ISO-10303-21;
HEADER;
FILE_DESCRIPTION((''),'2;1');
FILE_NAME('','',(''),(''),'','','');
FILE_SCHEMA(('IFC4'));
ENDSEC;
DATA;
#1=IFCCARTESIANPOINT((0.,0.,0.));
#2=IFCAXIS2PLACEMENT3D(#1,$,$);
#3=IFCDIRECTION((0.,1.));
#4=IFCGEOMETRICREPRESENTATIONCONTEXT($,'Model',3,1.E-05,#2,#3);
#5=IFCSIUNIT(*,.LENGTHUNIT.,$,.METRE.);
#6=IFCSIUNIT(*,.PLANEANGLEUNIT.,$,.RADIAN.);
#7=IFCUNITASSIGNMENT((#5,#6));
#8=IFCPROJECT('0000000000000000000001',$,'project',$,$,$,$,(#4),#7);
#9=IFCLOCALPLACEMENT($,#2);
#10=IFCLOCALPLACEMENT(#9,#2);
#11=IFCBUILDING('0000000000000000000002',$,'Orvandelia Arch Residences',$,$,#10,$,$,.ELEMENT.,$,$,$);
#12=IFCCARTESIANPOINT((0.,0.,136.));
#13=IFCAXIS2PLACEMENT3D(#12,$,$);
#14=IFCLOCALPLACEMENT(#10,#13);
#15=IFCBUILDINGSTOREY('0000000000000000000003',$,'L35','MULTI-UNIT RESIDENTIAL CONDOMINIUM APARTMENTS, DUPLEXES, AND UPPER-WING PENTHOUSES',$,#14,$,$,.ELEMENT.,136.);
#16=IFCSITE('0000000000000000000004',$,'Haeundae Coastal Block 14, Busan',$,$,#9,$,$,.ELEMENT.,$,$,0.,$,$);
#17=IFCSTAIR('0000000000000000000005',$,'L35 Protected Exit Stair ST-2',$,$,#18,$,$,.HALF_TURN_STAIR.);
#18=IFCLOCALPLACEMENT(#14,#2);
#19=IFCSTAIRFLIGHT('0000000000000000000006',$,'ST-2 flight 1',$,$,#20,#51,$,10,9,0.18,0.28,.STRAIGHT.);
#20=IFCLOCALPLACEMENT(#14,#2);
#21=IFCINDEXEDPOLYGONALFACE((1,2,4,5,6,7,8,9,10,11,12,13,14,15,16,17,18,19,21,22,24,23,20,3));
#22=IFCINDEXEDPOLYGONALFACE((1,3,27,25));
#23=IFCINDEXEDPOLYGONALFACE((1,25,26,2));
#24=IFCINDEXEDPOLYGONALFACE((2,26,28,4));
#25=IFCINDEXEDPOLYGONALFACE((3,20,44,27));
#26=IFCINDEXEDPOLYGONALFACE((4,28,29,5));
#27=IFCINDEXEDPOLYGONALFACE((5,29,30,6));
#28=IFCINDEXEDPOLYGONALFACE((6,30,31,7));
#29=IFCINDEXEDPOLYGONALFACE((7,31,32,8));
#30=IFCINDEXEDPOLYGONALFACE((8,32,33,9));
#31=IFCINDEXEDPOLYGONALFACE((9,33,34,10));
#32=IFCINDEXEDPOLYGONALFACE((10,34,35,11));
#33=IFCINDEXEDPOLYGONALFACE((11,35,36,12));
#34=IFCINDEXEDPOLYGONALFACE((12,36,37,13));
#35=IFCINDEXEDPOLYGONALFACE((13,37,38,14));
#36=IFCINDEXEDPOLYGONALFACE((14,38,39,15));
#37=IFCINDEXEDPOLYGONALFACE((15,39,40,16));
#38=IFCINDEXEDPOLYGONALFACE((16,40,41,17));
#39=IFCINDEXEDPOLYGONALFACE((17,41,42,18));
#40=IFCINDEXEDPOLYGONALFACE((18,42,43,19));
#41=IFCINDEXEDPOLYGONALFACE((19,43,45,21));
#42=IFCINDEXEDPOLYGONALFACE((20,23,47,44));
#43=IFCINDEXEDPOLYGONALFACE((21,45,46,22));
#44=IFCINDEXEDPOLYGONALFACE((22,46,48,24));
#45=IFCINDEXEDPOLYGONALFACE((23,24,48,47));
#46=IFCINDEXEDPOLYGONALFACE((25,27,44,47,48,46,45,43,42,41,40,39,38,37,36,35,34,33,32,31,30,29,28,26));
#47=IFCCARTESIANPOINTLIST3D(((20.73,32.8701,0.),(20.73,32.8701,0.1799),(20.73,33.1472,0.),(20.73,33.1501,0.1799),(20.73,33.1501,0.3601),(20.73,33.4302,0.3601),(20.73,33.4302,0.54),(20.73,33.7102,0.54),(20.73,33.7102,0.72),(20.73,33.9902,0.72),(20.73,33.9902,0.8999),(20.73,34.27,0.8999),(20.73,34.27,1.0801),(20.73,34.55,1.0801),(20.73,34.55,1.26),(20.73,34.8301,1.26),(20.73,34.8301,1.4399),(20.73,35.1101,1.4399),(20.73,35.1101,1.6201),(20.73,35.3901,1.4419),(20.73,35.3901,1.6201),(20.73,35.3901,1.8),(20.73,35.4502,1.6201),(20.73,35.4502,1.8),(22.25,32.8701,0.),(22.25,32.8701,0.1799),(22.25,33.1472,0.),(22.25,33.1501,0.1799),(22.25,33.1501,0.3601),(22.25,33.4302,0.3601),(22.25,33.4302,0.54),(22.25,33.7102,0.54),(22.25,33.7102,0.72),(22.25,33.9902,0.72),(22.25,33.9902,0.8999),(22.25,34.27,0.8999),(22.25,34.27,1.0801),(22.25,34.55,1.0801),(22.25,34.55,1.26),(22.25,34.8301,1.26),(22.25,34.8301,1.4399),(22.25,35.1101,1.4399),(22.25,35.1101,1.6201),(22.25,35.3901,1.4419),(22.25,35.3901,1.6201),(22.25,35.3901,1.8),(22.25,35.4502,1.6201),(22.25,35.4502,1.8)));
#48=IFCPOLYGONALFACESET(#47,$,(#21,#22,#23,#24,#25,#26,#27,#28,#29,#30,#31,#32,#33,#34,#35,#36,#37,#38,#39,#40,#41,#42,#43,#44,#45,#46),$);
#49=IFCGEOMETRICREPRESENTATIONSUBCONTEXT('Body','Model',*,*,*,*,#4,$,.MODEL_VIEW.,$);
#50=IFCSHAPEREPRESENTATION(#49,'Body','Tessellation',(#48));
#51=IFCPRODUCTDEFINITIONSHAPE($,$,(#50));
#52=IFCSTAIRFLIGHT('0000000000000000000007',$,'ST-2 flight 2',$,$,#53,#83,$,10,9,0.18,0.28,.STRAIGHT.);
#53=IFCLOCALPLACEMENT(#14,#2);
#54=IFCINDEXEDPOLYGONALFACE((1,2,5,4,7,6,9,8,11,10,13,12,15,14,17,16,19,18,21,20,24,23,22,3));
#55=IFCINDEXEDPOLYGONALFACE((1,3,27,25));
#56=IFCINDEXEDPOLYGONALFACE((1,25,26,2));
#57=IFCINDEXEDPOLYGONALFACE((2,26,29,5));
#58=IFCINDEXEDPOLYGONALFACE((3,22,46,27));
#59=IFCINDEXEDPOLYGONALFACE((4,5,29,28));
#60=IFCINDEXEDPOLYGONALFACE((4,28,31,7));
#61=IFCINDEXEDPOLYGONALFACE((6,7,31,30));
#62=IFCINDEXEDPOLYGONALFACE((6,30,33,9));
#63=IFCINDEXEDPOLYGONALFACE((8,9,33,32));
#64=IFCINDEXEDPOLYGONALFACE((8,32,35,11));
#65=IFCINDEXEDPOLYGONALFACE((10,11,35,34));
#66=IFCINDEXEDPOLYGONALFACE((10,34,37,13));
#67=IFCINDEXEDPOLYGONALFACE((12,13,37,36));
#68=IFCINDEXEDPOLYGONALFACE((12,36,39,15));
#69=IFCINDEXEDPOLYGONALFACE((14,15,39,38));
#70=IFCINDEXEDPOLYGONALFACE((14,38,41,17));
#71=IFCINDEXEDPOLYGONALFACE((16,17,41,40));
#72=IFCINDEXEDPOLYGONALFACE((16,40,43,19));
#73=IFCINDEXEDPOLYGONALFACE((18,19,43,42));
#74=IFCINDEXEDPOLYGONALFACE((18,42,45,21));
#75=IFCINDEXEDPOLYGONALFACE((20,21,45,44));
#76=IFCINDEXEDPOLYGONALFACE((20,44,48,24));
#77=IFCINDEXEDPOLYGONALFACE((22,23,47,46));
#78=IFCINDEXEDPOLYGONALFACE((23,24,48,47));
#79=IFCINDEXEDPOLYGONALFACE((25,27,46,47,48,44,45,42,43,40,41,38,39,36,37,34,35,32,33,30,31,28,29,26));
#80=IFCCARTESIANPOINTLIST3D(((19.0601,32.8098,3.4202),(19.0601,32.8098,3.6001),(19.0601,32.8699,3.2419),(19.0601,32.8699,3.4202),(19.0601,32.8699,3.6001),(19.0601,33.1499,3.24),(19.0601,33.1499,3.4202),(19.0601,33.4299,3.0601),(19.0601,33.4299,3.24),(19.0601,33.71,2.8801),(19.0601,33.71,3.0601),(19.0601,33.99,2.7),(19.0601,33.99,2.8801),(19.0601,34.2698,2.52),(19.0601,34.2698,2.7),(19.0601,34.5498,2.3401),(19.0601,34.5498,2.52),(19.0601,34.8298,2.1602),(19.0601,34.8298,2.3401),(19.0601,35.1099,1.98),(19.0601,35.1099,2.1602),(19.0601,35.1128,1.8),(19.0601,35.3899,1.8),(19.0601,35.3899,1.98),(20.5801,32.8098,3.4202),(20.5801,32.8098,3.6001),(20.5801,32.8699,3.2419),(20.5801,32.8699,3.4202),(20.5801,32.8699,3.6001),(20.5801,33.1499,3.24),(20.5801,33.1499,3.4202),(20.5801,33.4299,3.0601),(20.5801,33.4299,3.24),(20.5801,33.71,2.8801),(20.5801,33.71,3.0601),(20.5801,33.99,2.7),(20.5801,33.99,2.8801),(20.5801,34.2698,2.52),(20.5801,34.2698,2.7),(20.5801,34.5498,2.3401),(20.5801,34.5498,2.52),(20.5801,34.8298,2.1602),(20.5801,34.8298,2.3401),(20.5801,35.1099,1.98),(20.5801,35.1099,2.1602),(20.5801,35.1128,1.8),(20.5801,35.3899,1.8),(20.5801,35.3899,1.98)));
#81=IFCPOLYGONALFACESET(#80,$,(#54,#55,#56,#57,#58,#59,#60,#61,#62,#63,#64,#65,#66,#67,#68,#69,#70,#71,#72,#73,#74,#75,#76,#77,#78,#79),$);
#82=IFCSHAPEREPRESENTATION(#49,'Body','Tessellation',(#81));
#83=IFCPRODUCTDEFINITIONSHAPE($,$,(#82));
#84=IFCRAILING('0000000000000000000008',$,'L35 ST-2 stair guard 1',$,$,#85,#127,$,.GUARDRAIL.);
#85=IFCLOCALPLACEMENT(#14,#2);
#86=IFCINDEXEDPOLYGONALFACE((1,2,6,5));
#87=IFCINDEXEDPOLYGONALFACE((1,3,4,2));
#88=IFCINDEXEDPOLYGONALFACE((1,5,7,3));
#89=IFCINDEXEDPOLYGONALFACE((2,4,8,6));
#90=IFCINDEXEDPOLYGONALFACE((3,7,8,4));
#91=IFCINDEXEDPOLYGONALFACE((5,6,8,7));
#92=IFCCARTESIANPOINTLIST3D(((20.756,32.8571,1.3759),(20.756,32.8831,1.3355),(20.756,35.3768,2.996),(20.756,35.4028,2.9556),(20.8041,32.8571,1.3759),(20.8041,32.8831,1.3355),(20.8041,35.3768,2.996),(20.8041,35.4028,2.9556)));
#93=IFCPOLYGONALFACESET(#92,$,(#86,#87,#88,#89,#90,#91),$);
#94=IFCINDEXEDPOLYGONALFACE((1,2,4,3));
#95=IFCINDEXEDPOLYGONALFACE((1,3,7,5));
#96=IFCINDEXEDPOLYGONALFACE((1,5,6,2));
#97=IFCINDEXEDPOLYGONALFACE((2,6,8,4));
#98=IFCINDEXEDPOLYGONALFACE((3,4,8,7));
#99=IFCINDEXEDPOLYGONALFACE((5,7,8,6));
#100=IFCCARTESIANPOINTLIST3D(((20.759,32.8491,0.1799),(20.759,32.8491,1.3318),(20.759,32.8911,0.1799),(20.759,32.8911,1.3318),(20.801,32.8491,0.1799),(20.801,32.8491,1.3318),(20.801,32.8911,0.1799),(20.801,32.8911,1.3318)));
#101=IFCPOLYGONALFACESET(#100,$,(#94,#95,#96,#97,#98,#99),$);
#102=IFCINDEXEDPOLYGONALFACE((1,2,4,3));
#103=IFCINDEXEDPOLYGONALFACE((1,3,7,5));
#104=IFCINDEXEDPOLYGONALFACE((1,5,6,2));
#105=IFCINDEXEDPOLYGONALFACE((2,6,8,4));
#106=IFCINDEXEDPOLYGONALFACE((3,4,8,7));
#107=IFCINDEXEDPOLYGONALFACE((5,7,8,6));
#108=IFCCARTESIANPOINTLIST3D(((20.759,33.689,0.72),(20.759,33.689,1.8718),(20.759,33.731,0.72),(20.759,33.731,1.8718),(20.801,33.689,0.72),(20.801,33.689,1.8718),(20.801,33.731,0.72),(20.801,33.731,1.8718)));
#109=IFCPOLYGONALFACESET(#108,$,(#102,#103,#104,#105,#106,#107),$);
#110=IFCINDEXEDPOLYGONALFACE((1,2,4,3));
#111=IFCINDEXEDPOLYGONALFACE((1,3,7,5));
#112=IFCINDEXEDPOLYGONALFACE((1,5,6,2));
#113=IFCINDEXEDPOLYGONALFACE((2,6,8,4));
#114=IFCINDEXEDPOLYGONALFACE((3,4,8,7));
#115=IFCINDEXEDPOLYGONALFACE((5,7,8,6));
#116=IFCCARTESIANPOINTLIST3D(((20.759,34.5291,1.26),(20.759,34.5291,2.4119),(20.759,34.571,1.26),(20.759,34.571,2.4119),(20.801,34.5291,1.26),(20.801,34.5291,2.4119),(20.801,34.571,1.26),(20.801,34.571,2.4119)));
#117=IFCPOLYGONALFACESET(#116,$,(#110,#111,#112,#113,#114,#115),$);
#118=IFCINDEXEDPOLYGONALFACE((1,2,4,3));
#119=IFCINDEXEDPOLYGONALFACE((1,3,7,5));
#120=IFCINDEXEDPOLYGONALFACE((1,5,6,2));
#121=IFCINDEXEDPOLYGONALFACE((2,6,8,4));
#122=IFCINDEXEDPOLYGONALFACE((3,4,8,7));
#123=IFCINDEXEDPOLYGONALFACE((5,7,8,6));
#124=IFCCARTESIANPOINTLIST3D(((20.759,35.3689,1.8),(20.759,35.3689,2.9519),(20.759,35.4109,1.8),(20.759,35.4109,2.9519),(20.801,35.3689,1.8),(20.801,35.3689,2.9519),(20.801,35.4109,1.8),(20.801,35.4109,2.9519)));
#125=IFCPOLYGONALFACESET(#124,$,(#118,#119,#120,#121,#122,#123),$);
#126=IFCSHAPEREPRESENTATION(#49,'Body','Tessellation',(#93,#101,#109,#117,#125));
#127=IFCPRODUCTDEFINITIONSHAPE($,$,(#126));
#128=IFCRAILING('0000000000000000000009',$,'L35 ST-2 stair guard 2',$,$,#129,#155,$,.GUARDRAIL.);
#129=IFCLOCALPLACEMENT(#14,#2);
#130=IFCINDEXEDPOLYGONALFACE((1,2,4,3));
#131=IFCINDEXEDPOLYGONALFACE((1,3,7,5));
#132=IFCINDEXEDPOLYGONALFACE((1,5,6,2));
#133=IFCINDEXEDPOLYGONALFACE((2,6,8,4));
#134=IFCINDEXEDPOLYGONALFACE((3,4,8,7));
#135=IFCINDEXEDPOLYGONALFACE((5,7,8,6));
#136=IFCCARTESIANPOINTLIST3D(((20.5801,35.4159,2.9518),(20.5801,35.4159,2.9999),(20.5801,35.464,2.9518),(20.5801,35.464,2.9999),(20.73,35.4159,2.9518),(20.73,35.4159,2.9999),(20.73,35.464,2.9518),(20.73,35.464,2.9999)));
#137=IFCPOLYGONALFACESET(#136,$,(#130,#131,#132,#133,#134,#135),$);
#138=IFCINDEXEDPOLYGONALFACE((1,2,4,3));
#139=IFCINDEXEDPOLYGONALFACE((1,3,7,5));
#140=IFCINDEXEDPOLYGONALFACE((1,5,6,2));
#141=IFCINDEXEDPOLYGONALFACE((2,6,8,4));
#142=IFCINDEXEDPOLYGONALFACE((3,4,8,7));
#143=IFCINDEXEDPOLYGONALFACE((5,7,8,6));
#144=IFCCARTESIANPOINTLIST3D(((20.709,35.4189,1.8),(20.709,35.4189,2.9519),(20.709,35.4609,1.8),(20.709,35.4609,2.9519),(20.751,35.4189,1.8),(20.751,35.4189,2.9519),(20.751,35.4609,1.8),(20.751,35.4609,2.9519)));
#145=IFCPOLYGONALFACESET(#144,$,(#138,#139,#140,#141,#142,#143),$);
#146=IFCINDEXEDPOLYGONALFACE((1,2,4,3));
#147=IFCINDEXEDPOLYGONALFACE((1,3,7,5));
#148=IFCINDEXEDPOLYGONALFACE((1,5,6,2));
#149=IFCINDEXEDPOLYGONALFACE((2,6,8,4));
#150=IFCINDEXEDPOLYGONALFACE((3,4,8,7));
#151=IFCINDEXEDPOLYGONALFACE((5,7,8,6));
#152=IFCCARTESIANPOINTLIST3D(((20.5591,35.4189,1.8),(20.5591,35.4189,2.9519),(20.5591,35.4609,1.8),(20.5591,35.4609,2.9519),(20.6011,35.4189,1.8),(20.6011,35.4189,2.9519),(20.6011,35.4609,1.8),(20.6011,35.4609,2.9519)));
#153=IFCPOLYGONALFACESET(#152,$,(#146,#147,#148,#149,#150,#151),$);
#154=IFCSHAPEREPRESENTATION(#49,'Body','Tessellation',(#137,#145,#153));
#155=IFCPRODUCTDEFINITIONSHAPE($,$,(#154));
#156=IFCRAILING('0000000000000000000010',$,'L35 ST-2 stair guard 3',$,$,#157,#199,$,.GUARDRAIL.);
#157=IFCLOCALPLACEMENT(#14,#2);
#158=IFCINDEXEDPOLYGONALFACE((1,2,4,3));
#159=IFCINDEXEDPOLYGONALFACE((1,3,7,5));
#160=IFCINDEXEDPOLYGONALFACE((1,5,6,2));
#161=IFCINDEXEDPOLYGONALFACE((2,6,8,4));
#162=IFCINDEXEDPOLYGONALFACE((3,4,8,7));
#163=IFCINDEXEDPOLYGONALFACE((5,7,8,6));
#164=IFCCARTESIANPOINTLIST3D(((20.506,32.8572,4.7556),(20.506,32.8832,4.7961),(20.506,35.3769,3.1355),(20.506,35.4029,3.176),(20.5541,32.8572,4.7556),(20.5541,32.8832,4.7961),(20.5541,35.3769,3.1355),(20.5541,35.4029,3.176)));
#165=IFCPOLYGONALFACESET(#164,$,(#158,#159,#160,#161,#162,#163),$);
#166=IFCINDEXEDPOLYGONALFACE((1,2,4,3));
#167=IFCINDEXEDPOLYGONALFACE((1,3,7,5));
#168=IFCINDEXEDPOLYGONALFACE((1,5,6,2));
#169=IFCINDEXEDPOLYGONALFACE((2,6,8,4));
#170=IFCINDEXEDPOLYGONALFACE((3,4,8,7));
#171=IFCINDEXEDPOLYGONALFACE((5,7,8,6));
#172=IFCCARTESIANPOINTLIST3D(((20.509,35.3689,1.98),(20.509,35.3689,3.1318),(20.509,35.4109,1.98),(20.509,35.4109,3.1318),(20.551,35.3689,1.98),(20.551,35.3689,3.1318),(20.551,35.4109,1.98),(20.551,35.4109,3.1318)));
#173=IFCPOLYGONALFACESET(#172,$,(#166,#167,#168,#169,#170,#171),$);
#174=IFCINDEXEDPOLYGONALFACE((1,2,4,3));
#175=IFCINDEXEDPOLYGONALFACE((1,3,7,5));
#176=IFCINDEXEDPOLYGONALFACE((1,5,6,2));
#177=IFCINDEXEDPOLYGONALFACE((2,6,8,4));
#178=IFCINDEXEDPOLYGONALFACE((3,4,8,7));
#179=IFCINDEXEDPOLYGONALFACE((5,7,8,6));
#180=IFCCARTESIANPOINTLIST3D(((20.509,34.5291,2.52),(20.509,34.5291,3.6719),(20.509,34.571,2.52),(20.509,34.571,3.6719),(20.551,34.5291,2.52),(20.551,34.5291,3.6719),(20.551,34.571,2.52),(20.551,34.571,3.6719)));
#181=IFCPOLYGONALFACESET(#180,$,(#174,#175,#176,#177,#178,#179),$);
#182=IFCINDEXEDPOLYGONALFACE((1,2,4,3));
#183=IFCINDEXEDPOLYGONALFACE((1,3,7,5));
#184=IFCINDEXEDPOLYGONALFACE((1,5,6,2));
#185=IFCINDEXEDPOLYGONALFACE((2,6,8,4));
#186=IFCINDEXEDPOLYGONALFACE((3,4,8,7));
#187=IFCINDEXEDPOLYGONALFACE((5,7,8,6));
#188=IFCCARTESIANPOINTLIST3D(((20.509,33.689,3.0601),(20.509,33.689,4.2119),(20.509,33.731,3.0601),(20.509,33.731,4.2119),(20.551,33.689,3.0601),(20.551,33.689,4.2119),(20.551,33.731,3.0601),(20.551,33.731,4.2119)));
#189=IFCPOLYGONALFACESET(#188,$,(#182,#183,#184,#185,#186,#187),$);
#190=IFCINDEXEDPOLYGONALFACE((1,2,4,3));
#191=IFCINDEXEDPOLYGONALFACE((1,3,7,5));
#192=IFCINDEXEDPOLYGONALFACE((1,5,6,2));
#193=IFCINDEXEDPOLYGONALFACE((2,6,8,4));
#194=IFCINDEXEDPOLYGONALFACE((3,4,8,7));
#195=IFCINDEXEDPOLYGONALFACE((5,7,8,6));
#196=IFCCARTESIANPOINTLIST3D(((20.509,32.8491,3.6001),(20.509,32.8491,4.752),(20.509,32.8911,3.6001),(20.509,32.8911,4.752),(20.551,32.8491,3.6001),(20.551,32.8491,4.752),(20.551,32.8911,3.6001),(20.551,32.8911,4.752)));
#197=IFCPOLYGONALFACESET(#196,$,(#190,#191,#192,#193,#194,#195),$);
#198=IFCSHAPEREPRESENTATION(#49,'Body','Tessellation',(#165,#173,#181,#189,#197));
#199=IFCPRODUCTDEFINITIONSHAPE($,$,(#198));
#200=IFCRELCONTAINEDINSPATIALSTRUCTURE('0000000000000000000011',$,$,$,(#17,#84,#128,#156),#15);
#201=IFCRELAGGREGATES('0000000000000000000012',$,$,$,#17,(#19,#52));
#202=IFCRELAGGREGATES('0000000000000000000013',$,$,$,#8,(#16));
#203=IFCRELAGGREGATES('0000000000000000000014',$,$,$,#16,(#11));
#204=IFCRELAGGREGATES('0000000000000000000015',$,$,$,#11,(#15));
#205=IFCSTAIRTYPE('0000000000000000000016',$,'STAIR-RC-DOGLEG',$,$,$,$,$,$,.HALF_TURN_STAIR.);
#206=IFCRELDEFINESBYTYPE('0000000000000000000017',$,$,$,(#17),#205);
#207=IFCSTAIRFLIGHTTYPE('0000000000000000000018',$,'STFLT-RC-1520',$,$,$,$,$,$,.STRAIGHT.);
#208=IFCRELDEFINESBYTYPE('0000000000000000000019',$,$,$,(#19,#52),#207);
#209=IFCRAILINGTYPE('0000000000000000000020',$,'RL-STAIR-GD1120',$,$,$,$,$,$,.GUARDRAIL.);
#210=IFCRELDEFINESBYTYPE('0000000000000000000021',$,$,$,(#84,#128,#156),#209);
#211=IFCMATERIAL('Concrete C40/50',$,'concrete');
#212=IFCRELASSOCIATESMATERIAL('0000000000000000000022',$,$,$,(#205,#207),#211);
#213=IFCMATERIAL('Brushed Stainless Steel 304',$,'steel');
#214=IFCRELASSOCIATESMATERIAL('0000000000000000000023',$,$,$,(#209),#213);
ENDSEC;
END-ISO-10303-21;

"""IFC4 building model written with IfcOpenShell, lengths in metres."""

from ifc_helpers import new_model, si_unit, direction, frame, origin, origin_2d, place, context, subcontext, project, spatial, polyline, rectangle, outline, extrude, material, type_object, element, aggregate, save


model = new_model("IFC4")

# Units and contexts
model_context = context("Model", 3, precision=1e-05, world=origin(), true_north=direction((0.0, 1.0)))
body_context = subcontext(model_context, "Body", "Model", "MODEL_VIEW")
ifc_project = project(units=[si_unit("LENGTHUNIT", "METRE"), si_unit("PLANEANGLEUNIT", "RADIAN")], contexts=[model_context])

# Site, building, storey
site_placement = place(None, origin())
site = spatial("IfcSite", under=ifc_project, at=site_placement, Name="Haeundae Coastal Block 14, Busan", CompositionType="ELEMENT", RefElevation=0.0)
building_placement = place(site_placement, origin())
building = spatial("IfcBuilding", under=site, at=building_placement, Name="Orvandelia Arch Residences", CompositionType="ELEMENT")
storey_placement = place(building_placement, frame((0.0, 0.0, 136.0)))
storey = spatial("IfcBuildingStorey", under=building, at=storey_placement, Name="L35", Description="MULTI-UNIT RESIDENTIAL CONDOMINIUM APARTMENTS, DUPLEXES, AND UPPER-WING PENTHOUSES", CompositionType="ELEMENT", Elevation=136.0)

# Stair, stair flights
ifc_material_1 = material(Name="Concrete C40/50", Category="concrete")
stair_type = type_object("IfcStairType", Name="STAIR-RC-DOGLEG", PredefinedType="HALF_TURN_STAIR", material=ifc_material_1)
stair_placement = place(storey_placement, origin())
stair = element("IfcStair", 1, at=stair_placement, inside=storey, type_object=stair_type, Name="L35 Protected Exit Stair ST-2", PredefinedType="HALF_TURN_STAIR")
stair_flight_type = type_object("IfcStairFlightType", Name="STFLT-RC-1520", PredefinedType="STRAIGHT", material=ifc_material_1)
stair_flight_1_placement = place(storey_placement, frame((21.49, 32.8701, 0.0), z_axis=(0.0, 0.0, 1.0), x_axis=(0.0, 1.0, 0.0)))
stair_flight_1 = element("IfcStairFlight", 2, at=stair_flight_1_placement, type_object=stair_flight_type, Name="ST-2 flight 1", NumberOfRisers=10, NumberOfTreads=9, PredefinedType="STRAIGHT", RiserHeight=0.18, TreadLength=0.28, context=body_context, shape_type="SweptSolid", body=[
    extrude(outline(polyline([(0.0, 0.0), (0.0, 0.1799), (0.28, 0.1799), (0.28, 0.3601), (0.5601, 0.3601), (0.5601, 0.54), (0.8401, 0.54), (0.8401, 0.72), (1.1201, 0.72), (1.1201, 0.8999), (1.3999, 0.8999), (1.3999, 1.0801), (1.6799, 1.0801), (1.6799, 1.26), (1.96, 1.26), (1.96, 1.4399), (2.24, 1.4399), (2.24, 1.6201), (2.52, 1.6201), (2.52, 1.8), (2.5801, 1.8), (2.5801, 1.6201), (2.52, 1.4419), (0.2771, 0.0), (0.0, 0.0)])), frame((0.0, 0.76, 0.0), z_axis=(0.0, -1.0, 0.0), x_axis=(1.0, 0.0, 0.0)), (0.0, 0.0, 1.0), 1.52),
])
stair_flight_2_placement = place(storey_placement, frame((19.8201, 35.3899, 1.8), z_axis=(0.0, 0.0, 1.0), x_axis=(0.0, -1.0, 0.0)))
stair_flight_2 = element("IfcStairFlight", 3, at=stair_flight_2_placement, type_object=stair_flight_type, Name="ST-2 flight 2", NumberOfRisers=10, NumberOfTreads=9, PredefinedType="STRAIGHT", RiserHeight=0.18, TreadLength=0.28, context=body_context, shape_type="SweptSolid", body=[
    extrude(outline(polyline([(0.0, 0.0), (0.0, 0.1799), (0.28, 0.1799), (0.28, 0.3601), (0.5601, 0.3601), (0.5601, 0.54), (0.8401, 0.54), (0.8401, 0.72), (1.1201, 0.72), (1.1201, 0.8999), (1.3999, 0.8999), (1.3999, 1.0801), (1.6799, 1.0801), (1.6799, 1.26), (1.96, 1.26), (1.96, 1.4399), (2.24, 1.4399), (2.24, 1.6201), (2.52, 1.6201), (2.52, 1.8), (2.5801, 1.8), (2.5801, 1.6201), (2.52, 1.4419), (0.2771, 0.0), (0.0, 0.0)])), frame((0.0, 0.76, 0.0), z_axis=(0.0, -1.0, 0.0), x_axis=(1.0, 0.0, 0.0)), (0.0, 0.0, 1.0), 1.52),
])
aggregate(stair, [stair_flight_1, stair_flight_2])

# Railings
ifc_material_2 = material(Name="Brushed Stainless Steel 304", Category="steel")
railing_type_1 = type_object("IfcRailingType", Name="RL-STAIR-GD1120", PredefinedType="GUARDRAIL", material=ifc_material_2)
railing_1_placement = place(storey_placement, frame((20.78, 32.8701, 0.1799)))
element("IfcRailing", 4, at=railing_1_placement, inside=storey, type_object=railing_type_1, Name="L35 ST-2 stair guard 1", PredefinedType="GUARDRAIL", context=body_context, shape_type="SweptSolid", body=[
    extrude(rectangle(XDim=0.0481, YDim=0.0481, at=origin_2d()), frame((0.0, 0.0, 1.1758), z_axis=(0.0, 0.841139, 0.540819), x_axis=(-1.0, 0.0, 0.0)), (0.0, 0.0, 1.0), 2.9956),
    extrude(rectangle(XDim=0.042, YDim=0.042, at=origin_2d()), origin(), (0.0, 0.0, 1.0), 1.1519),
    extrude(rectangle(XDim=0.042, YDim=0.042, at=origin_2d()), frame((0.0, 0.8398, 0.54)), (0.0, 0.0, 1.0), 1.1519),
    extrude(rectangle(XDim=0.042, YDim=0.042, at=origin_2d()), frame((0.0, 1.6799, 1.0801)), (0.0, 0.0, 1.0), 1.1519),
    extrude(rectangle(XDim=0.042, YDim=0.042, at=origin_2d()), frame((0.0, 2.5198, 1.6201)), (0.0, 0.0, 1.0), 1.1519),
])
railing_2_placement = place(storey_placement, frame((20.73, 35.4399, 1.8)))
element("IfcRailing", 5, at=railing_2_placement, inside=storey, type_object=railing_type_1, Name="L35 ST-2 stair guard 2", PredefinedType="GUARDRAIL", context=body_context, shape_type="SweptSolid", body=[
    extrude(rectangle(XDim=0.0481, YDim=0.0481, at=origin_2d()), frame((0.0, 0.0, 1.1758), z_axis=(-1.0, 0.0, 0.0), x_axis=(0.0, -1.0, 0.0)), (0.0, 0.0, 1.0), 0.1499),
    extrude(rectangle(XDim=0.042, YDim=0.042, at=origin_2d()), origin(), (0.0, 0.0, 1.0), 1.1519),
    extrude(rectangle(XDim=0.042, YDim=0.042, at=origin_2d()), frame((-0.1499, 0.0, 0.0)), (0.0, 0.0, 1.0), 1.1519),
])
railing_3_placement = place(storey_placement, frame((20.53, 35.3899, 1.98)))
element("IfcRailing", 6, at=railing_3_placement, inside=storey, type_object=railing_type_1, Name="L35 ST-2 stair guard 3", PredefinedType="GUARDRAIL", context=body_context, shape_type="SweptSolid", body=[
    extrude(rectangle(XDim=0.0481, YDim=0.0481, at=origin_2d()), frame((0.0, 0.0, 1.1758), z_axis=(0.0, -0.841139, 0.540819), x_axis=(1.0, 0.0, 0.0)), (0.0, 0.0, 1.0), 2.9956),
    extrude(rectangle(XDim=0.042, YDim=0.042, at=origin_2d()), origin(), (0.0, 0.0, 1.0), 1.1519),
    extrude(rectangle(XDim=0.042, YDim=0.042, at=origin_2d()), frame((0.0, -0.8398, 0.54)), (0.0, 0.0, 1.0), 1.1519),
    extrude(rectangle(XDim=0.042, YDim=0.042, at=origin_2d()), frame((0.0, -1.6799, 1.0801)), (0.0, 0.0, 1.0), 1.1519),
    extrude(rectangle(XDim=0.042, YDim=0.042, at=origin_2d()), frame((0.0, -2.5198, 1.6201)), (0.0, 0.0, 1.0), 1.1519),
])

save(model, "model.ifc")
